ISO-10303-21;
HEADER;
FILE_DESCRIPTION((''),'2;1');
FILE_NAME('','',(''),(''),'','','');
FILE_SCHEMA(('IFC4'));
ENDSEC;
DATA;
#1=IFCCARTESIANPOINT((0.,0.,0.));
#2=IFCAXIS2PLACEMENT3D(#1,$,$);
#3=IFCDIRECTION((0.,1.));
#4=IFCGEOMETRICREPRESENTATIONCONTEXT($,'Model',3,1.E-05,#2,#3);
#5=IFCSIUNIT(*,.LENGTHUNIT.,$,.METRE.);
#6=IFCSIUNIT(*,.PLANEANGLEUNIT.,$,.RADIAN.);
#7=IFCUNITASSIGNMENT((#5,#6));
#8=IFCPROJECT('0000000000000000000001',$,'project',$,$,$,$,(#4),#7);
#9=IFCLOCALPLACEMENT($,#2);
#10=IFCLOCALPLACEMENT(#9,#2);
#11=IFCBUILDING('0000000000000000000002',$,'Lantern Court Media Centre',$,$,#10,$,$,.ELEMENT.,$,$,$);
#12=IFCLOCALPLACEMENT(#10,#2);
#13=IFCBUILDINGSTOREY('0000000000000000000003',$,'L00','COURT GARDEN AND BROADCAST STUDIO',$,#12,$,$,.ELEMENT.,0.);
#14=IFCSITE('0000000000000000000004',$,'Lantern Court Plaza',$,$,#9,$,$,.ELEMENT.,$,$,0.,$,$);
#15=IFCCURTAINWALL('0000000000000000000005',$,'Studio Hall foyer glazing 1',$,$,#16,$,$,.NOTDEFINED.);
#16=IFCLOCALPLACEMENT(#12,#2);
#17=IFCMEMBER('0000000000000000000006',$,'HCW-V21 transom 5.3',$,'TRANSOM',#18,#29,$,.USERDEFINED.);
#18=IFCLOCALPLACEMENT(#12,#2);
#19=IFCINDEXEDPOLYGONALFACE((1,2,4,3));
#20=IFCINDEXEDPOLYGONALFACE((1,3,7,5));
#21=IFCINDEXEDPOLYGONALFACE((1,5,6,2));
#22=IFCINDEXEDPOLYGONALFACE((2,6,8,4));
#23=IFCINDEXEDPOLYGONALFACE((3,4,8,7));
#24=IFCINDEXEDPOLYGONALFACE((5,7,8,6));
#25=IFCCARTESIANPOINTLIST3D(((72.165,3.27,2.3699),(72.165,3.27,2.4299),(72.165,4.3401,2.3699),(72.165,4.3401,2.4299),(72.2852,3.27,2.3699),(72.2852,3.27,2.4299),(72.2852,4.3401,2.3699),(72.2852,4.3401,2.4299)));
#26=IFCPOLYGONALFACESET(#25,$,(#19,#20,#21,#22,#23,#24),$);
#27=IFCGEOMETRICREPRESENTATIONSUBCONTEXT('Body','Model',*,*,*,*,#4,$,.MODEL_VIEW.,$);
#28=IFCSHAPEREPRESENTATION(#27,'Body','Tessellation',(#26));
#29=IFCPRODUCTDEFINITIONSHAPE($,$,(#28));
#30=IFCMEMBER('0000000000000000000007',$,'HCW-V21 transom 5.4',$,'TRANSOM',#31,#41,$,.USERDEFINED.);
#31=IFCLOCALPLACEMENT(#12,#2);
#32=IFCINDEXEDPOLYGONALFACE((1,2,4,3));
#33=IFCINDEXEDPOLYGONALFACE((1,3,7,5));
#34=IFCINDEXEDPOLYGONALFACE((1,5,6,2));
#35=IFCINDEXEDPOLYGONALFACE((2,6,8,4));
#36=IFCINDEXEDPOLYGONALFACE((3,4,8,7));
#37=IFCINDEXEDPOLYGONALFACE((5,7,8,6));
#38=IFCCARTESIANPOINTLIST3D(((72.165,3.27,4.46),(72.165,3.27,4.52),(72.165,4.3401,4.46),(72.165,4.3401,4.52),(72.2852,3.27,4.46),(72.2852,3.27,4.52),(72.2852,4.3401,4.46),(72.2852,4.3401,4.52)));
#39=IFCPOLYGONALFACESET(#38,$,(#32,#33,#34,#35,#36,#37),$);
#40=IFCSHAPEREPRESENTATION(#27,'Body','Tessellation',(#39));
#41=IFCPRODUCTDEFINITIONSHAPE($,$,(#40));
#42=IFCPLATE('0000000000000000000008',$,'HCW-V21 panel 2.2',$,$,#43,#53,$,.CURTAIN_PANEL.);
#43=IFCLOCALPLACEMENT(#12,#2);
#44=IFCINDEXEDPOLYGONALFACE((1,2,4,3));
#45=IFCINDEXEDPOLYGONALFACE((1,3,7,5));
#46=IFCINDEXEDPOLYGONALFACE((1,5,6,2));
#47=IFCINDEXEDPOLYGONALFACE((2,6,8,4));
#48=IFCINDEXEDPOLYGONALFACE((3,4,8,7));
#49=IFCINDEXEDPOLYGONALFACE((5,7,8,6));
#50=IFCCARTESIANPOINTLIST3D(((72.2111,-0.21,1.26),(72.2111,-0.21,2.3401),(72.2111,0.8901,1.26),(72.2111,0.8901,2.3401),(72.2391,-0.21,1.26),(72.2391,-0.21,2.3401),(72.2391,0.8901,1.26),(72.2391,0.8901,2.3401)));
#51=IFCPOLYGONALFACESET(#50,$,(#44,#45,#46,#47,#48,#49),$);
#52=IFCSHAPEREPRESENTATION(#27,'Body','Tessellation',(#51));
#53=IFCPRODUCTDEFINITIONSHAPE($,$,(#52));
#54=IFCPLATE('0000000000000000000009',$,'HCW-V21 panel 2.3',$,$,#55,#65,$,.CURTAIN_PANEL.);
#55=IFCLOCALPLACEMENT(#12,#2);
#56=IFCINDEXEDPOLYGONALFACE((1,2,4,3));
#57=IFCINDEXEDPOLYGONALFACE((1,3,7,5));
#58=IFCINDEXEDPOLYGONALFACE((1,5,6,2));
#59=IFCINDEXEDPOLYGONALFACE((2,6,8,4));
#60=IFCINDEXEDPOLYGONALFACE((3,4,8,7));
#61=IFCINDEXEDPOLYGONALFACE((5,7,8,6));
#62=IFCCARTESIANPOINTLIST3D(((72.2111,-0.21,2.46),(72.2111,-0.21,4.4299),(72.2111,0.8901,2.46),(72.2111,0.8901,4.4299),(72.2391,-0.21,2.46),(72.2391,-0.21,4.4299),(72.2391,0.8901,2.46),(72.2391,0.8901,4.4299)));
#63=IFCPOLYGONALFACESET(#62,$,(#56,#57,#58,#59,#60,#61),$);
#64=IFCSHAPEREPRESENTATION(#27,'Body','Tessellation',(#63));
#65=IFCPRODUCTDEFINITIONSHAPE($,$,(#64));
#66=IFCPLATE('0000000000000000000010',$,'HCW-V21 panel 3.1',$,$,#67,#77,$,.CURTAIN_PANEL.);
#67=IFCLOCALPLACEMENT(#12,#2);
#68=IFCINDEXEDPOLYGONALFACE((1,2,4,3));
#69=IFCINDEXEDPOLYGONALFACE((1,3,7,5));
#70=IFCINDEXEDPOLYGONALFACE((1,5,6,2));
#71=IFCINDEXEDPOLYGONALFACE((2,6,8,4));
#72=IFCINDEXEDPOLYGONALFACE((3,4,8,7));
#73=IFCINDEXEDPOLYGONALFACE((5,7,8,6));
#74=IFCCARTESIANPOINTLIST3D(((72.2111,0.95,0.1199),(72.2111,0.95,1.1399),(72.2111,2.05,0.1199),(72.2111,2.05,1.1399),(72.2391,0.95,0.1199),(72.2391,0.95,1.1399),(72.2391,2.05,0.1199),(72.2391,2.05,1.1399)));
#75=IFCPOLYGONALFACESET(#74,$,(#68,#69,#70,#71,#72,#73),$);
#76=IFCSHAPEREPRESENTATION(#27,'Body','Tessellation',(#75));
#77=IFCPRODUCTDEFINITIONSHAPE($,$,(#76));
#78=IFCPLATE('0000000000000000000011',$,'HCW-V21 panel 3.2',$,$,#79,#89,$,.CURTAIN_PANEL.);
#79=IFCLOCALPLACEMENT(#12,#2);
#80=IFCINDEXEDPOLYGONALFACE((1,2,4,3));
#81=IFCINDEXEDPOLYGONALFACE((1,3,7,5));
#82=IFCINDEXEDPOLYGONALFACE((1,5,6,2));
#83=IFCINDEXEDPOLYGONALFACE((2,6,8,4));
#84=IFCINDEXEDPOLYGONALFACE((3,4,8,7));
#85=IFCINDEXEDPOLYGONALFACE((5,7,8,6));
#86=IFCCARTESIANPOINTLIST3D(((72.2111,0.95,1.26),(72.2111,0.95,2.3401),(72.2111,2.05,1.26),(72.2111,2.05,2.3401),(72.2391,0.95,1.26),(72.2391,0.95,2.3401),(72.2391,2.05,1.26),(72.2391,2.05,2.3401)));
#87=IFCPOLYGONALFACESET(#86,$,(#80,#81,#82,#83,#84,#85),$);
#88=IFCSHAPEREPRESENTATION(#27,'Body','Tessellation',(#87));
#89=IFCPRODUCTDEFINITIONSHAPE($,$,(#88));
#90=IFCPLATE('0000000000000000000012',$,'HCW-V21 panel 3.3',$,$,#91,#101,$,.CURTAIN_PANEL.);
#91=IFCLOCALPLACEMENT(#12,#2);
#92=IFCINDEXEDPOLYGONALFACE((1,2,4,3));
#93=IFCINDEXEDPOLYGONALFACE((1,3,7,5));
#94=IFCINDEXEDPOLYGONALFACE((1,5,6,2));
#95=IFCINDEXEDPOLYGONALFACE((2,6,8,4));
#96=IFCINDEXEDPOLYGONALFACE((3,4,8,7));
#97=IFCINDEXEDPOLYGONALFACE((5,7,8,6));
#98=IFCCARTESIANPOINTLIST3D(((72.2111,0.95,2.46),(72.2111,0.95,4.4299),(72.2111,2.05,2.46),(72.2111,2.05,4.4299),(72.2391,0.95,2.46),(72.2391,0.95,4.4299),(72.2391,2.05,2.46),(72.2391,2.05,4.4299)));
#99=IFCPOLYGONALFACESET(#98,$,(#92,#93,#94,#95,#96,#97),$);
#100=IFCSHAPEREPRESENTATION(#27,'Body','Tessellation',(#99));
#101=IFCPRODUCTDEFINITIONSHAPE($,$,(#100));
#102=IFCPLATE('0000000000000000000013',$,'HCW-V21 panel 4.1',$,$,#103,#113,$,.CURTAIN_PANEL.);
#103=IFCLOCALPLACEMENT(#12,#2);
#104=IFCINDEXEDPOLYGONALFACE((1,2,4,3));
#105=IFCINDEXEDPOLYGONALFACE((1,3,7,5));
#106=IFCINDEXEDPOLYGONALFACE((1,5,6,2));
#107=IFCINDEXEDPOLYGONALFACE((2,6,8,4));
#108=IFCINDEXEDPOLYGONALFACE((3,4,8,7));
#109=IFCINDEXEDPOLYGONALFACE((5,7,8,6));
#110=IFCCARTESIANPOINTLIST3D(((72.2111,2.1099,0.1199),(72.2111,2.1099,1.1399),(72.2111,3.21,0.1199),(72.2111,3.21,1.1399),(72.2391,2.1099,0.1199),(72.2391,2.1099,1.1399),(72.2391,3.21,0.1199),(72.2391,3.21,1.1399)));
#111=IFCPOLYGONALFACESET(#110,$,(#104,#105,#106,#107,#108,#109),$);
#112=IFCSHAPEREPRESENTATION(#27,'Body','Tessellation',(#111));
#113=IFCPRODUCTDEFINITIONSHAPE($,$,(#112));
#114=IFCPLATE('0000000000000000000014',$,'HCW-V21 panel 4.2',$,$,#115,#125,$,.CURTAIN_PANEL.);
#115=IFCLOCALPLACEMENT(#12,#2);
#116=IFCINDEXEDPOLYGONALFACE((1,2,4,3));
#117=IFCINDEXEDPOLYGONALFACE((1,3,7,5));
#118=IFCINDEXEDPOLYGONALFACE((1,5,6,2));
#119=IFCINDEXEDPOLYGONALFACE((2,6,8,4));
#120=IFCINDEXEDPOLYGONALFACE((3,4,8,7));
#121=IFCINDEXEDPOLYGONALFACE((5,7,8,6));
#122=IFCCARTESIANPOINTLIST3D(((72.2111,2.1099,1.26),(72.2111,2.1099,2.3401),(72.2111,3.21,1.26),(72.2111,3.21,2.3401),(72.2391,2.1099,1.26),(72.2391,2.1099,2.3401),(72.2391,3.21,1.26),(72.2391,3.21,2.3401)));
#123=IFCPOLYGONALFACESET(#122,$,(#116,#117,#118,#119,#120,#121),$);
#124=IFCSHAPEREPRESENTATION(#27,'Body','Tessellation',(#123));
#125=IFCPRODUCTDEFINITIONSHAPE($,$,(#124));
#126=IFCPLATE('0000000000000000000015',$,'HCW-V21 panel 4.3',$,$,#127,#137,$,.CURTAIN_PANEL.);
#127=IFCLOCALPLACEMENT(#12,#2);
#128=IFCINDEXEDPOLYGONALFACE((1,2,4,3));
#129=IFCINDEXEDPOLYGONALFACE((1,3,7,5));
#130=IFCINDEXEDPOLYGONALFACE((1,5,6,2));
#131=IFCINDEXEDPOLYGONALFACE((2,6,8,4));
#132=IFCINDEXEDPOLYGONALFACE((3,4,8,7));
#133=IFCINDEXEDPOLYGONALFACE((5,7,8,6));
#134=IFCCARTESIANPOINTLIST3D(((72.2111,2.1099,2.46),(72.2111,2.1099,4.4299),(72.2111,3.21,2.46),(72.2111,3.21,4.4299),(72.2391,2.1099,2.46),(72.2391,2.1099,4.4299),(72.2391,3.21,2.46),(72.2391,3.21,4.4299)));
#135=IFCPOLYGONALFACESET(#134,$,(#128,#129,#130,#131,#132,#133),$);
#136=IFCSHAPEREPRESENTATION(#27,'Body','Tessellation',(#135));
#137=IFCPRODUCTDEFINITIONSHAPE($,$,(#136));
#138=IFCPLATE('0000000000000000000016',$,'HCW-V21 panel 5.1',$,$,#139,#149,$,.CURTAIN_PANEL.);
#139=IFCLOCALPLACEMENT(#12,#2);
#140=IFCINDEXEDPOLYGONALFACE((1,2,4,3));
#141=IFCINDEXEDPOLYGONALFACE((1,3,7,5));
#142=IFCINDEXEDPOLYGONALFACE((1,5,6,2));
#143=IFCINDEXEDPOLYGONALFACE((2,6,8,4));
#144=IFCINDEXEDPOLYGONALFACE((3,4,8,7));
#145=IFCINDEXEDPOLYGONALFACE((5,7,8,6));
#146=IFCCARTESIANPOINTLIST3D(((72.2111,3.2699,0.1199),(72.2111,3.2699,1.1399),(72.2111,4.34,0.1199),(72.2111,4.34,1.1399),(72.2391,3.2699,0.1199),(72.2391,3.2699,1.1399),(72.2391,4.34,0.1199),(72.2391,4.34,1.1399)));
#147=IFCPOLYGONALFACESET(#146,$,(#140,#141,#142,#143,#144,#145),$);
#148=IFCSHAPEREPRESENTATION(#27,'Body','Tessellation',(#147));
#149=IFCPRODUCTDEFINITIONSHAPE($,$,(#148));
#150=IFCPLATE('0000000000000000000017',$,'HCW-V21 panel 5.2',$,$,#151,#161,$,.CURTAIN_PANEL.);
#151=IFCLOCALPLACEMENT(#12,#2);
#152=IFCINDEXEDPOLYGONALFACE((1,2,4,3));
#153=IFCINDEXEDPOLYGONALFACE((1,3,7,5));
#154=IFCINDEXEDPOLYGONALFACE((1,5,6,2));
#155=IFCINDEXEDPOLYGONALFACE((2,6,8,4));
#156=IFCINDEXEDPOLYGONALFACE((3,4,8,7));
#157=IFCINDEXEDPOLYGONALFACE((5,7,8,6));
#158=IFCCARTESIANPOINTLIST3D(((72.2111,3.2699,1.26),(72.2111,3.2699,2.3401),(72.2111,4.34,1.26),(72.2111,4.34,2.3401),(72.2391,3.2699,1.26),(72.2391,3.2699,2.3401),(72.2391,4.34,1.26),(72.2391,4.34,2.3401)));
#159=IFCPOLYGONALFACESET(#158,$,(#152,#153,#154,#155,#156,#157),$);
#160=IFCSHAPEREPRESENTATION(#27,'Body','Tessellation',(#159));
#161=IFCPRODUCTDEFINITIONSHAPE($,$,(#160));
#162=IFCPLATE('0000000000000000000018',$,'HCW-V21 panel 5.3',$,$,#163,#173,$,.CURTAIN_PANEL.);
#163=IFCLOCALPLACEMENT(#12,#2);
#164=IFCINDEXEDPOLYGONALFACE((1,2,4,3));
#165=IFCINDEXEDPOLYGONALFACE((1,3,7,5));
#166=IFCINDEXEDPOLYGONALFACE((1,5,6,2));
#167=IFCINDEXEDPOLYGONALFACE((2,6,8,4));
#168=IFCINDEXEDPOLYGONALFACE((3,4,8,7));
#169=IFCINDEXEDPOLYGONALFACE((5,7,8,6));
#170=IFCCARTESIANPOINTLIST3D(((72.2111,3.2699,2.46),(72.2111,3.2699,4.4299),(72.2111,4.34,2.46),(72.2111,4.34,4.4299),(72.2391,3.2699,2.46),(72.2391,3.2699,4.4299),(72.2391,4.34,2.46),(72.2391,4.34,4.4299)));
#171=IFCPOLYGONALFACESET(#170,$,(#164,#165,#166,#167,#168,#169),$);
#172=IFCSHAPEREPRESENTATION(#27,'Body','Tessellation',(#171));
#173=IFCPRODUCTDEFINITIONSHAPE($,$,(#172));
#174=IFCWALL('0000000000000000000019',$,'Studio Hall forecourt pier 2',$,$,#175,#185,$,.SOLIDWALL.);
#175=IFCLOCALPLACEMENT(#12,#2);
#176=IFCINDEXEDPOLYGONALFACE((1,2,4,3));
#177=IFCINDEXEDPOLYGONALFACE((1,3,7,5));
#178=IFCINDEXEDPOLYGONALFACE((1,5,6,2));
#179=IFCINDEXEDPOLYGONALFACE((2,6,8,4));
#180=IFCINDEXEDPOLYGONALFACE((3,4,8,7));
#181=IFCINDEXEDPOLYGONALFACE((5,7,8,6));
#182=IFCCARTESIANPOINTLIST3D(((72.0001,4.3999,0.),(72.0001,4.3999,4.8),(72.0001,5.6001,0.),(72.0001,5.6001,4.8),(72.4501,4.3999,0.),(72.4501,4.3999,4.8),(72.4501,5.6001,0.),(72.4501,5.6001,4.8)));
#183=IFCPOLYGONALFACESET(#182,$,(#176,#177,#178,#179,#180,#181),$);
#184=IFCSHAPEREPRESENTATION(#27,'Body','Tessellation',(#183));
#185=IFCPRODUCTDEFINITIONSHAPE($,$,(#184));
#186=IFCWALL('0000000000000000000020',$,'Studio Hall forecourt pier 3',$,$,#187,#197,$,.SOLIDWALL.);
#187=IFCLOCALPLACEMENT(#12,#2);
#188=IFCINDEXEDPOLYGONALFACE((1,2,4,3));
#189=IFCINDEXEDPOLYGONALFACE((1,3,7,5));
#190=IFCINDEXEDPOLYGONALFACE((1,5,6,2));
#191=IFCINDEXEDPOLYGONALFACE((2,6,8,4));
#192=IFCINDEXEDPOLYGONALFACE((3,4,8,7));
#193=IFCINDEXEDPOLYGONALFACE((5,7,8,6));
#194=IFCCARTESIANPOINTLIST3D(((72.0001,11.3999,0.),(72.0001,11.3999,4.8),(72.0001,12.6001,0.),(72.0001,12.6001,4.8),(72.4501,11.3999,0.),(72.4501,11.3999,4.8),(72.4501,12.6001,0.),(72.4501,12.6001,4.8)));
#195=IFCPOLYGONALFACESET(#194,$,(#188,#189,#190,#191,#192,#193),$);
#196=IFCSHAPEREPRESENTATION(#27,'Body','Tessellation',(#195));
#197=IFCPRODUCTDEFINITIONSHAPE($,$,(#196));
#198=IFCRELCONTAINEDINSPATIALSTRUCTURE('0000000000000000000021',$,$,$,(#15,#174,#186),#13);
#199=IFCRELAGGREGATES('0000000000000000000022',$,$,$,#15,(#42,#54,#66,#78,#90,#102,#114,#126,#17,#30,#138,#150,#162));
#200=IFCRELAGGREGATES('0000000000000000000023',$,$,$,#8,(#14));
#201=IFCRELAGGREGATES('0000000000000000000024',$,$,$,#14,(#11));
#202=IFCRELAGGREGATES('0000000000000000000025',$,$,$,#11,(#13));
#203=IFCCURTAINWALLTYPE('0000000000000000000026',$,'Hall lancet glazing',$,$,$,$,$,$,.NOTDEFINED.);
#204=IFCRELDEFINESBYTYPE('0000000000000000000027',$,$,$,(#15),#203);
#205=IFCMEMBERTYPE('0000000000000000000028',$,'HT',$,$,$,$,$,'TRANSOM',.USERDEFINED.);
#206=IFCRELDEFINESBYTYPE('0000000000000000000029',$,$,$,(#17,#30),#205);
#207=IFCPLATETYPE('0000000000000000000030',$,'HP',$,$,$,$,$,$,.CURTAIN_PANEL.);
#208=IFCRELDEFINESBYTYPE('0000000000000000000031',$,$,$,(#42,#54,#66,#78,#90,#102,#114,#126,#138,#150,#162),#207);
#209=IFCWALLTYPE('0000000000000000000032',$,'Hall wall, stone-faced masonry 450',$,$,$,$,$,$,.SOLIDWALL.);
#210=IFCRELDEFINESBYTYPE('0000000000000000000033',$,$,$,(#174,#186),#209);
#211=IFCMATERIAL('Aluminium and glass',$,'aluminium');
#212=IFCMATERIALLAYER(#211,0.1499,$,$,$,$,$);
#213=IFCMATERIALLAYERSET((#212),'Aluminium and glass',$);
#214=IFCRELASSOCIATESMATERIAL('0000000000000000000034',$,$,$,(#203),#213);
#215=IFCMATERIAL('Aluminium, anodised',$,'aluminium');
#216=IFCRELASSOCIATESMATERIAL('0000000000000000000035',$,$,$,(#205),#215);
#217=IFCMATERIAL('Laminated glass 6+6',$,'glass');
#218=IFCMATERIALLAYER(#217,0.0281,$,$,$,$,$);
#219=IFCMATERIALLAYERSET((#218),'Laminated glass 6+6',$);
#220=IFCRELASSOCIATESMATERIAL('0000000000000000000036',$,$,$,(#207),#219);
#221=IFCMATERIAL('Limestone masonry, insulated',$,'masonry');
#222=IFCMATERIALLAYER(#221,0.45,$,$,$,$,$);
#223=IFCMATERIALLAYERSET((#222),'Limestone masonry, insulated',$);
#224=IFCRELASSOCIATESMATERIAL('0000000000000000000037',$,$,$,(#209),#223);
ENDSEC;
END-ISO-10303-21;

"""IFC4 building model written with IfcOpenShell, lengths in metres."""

from ifc_helpers import new_model, si_unit, direction, frame, frame_2d, origin, origin_2d, place, context, subcontext, project, spatial, rectangle, extrude, material, layer, layer_set, material_profile, profile_set, type_object, element, aggregate, save


model = new_model("IFC4")

# Units and contexts
model_context = context("Model", 3, precision=1e-05, world=origin(), true_north=direction((0.0, 1.0)))
body_context = subcontext(model_context, "Body", "Model", "MODEL_VIEW")
ifc_project = project(units=[si_unit("LENGTHUNIT", "METRE"), si_unit("PLANEANGLEUNIT", "RADIAN")], contexts=[model_context])

# Site, building, storey
site_placement = place(None, origin())
site = spatial("IfcSite", under=ifc_project, at=site_placement, Name="Lantern Court Plaza", CompositionType="ELEMENT", RefElevation=0.0)
building_placement = place(site_placement, origin())
building = spatial("IfcBuilding", under=site, at=building_placement, Name="Lantern Court Media Centre", CompositionType="ELEMENT")
storey_placement = place(building_placement, origin())
storey = spatial("IfcBuildingStorey", under=building, at=storey_placement, Name="L00", Description="COURT GARDEN AND BROADCAST STUDIO", CompositionType="ELEMENT", Elevation=0.0)

# Curtain wall
ifc_material_1 = material(Name="Aluminium and glass", Category="aluminium")
ifc_layer_1 = layer(ifc_material_1, 0.1499)
ifc_layer_set_1 = layer_set([ifc_layer_1], Name="Aluminium and glass")
curtain_wall_type = type_object("IfcCurtainWallType", Name="Hall lancet glazing", PredefinedType="NOTDEFINED", material=ifc_layer_set_1)
curtain_wall_1_placement = place(storey_placement, origin())
curtain_wall_1 = element("IfcCurtainWall", 1, at=curtain_wall_1_placement, inside=storey, type_object=curtain_wall_type, Name="Studio Hall foyer glazing 1", PredefinedType="NOTDEFINED")
ifc_material_2 = material(Name="Aluminium, anodised", Category="aluminium")

# Members
ifc_material_profile_1 = material_profile(ifc_material_2, rectangle(XDim=0.1201, YDim=0.0601, at=origin_2d()), Name="HT")
ifc_profile_set_1 = profile_set([ifc_material_profile_1], Name="Aluminium, anodised")
member_type_1 = type_object("IfcMemberType", Name="HT", ElementType="TRANSOM", PredefinedType="USERDEFINED", material=ifc_profile_set_1)
member_1_placement = place(storey_placement, frame((72.2251, 3.27, 2.3999), z_axis=(0.0, 1.0, 0.0), x_axis=(-1.0, 0.0, 0.0)))
member_1 = element("IfcMember", 2, at=member_1_placement, type_object=member_type_1, Name="HCW-V21 transom 5.3", ObjectType="TRANSOM", PredefinedType="USERDEFINED", context=body_context, shape_type="SweptSolid", body=[
    extrude(rectangle(XDim=0.1201, YDim=0.0601, at=origin_2d()), origin(), (0.0, 0.0, 1.0), 1.0701),
])
member_2_placement = place(storey_placement, frame((72.2251, 3.27, 4.49), z_axis=(0.0, 1.0, 0.0), x_axis=(-1.0, 0.0, 0.0)))
member_2 = element("IfcMember", 3, at=member_2_placement, type_object=member_type_1, Name="HCW-V21 transom 5.4", ObjectType="TRANSOM", PredefinedType="USERDEFINED", context=body_context, shape_type="SweptSolid", body=[
    extrude(rectangle(XDim=0.1201, YDim=0.0601, at=origin_2d()), origin(), (0.0, 0.0, 1.0), 1.0701),
])

# Plates
ifc_material_3 = material(Name="Laminated glass 6+6", Category="glass")
ifc_layer_2 = layer(ifc_material_3, 0.0281)
ifc_layer_set_2 = layer_set([ifc_layer_2], Name="Laminated glass 6+6")
plate_type = type_object("IfcPlateType", Name="HP", PredefinedType="CURTAIN_PANEL", material=ifc_layer_set_2)
plate_1_placement = place(storey_placement, frame((72.2251, 0.3401, 1.26), z_axis=(0.0, 0.0, 1.0), x_axis=(0.0, 1.0, 0.0)))
plate_1 = element("IfcPlate", 4, at=plate_1_placement, type_object=plate_type, Name="HCW-V21 panel 2.2", PredefinedType="CURTAIN_PANEL", context=body_context, shape_type="SweptSolid", body=[
    extrude(rectangle(XDim=1.1001, YDim=0.0281, at=origin_2d()), origin(), (0.0, 0.0, 1.0), 1.0801),
])
plate_2_placement = place(storey_placement, frame((72.2251, 0.3401, 2.46), z_axis=(0.0, 0.0, 1.0), x_axis=(0.0, 1.0, 0.0)))
plate_2 = element("IfcPlate", 5, at=plate_2_placement, type_object=plate_type, Name="HCW-V21 panel 2.3", PredefinedType="CURTAIN_PANEL", context=body_context, shape_type="SweptSolid", body=[
    extrude(rectangle(XDim=1.1001, YDim=0.0281, at=origin_2d()), origin(), (0.0, 0.0, 1.0), 1.97),
])
plate_3_placement = place(storey_placement, frame((72.2251, 1.5, 0.1199), z_axis=(0.0, 0.0, 1.0), x_axis=(0.0, 1.0, 0.0)))
plate_3 = element("IfcPlate", 6, at=plate_3_placement, type_object=plate_type, Name="HCW-V21 panel 3.1", PredefinedType="CURTAIN_PANEL", context=body_context, shape_type="SweptSolid", body=[
    extrude(rectangle(XDim=1.1001, YDim=0.0281, at=origin_2d()), origin(), (0.0, 0.0, 1.0), 1.02),
])
plate_4_placement = place(storey_placement, frame((72.2251, 1.5, 1.26), z_axis=(0.0, 0.0, 1.0), x_axis=(0.0, 1.0, 0.0)))
plate_4 = element("IfcPlate", 7, at=plate_4_placement, type_object=plate_type, Name="HCW-V21 panel 3.2", PredefinedType="CURTAIN_PANEL", context=body_context, shape_type="SweptSolid", body=[
    extrude(rectangle(XDim=1.1001, YDim=0.0281, at=origin_2d()), origin(), (0.0, 0.0, 1.0), 1.0801),
])
plate_5_placement = place(storey_placement, frame((72.2251, 1.5, 2.46), z_axis=(0.0, 0.0, 1.0), x_axis=(0.0, 1.0, 0.0)))
plate_5 = element("IfcPlate", 8, at=plate_5_placement, type_object=plate_type, Name="HCW-V21 panel 3.3", PredefinedType="CURTAIN_PANEL", context=body_context, shape_type="SweptSolid", body=[
    extrude(rectangle(XDim=1.1001, YDim=0.0281, at=origin_2d()), origin(), (0.0, 0.0, 1.0), 1.97),
])
plate_6_placement = place(storey_placement, frame((72.2251, 2.6599, 0.1199), z_axis=(0.0, 0.0, 1.0), x_axis=(0.0, 1.0, 0.0)))
plate_6 = element("IfcPlate", 9, at=plate_6_placement, type_object=plate_type, Name="HCW-V21 panel 4.1", PredefinedType="CURTAIN_PANEL", context=body_context, shape_type="SweptSolid", body=[
    extrude(rectangle(XDim=1.1001, YDim=0.0281, at=origin_2d()), origin(), (0.0, 0.0, 1.0), 1.02),
])
plate_7_placement = place(storey_placement, frame((72.2251, 2.6599, 1.26), z_axis=(0.0, 0.0, 1.0), x_axis=(0.0, 1.0, 0.0)))
plate_7 = element("IfcPlate", 10, at=plate_7_placement, type_object=plate_type, Name="HCW-V21 panel 4.2", PredefinedType="CURTAIN_PANEL", context=body_context, shape_type="SweptSolid", body=[
    extrude(rectangle(XDim=1.1001, YDim=0.0281, at=origin_2d()), origin(), (0.0, 0.0, 1.0), 1.0801),
])
plate_8_placement = place(storey_placement, frame((72.2251, 2.6599, 2.46), z_axis=(0.0, 0.0, 1.0), x_axis=(0.0, 1.0, 0.0)))
plate_8 = element("IfcPlate", 11, at=plate_8_placement, type_object=plate_type, Name="HCW-V21 panel 4.3", PredefinedType="CURTAIN_PANEL", context=body_context, shape_type="SweptSolid", body=[
    extrude(rectangle(XDim=1.1001, YDim=0.0281, at=origin_2d()), origin(), (0.0, 0.0, 1.0), 1.97),
])
plate_9_placement = place(storey_placement, frame((72.2251, 3.8049, 0.1199), z_axis=(0.0, 0.0, 1.0), x_axis=(0.0, 1.0, 0.0)))
plate_9 = element("IfcPlate", 12, at=plate_9_placement, type_object=plate_type, Name="HCW-V21 panel 5.1", PredefinedType="CURTAIN_PANEL", context=body_context, shape_type="SweptSolid", body=[
    extrude(rectangle(XDim=1.0701, YDim=0.0281, at=origin_2d()), origin(), (0.0, 0.0, 1.0), 1.02),
])
plate_10_placement = place(storey_placement, frame((72.2251, 3.8049, 1.26), z_axis=(0.0, 0.0, 1.0), x_axis=(0.0, 1.0, 0.0)))
plate_10 = element("IfcPlate", 13, at=plate_10_placement, type_object=plate_type, Name="HCW-V21 panel 5.2", PredefinedType="CURTAIN_PANEL", context=body_context, shape_type="SweptSolid", body=[
    extrude(rectangle(XDim=1.0701, YDim=0.0281, at=origin_2d()), origin(), (0.0, 0.0, 1.0), 1.0801),
])
plate_11_placement = place(storey_placement, frame((72.2251, 3.8049, 2.46), z_axis=(0.0, 0.0, 1.0), x_axis=(0.0, 1.0, 0.0)))
plate_11 = element("IfcPlate", 14, at=plate_11_placement, type_object=plate_type, Name="HCW-V21 panel 5.3", PredefinedType="CURTAIN_PANEL", context=body_context, shape_type="SweptSolid", body=[
    extrude(rectangle(XDim=1.0701, YDim=0.0281, at=origin_2d()), origin(), (0.0, 0.0, 1.0), 1.97),
])
aggregate(curtain_wall_1, [plate_1, plate_2, plate_3, plate_4, plate_5, plate_6, plate_7, plate_8, member_1, member_2, plate_9, plate_10, plate_11])

# Walls
ifc_material_4 = material(Name="Limestone masonry, insulated", Category="masonry")
ifc_layer_3 = layer(ifc_material_4, 0.45)
ifc_layer_set_3 = layer_set([ifc_layer_3], Name="Limestone masonry, insulated")
wall_type = type_object("IfcWallType", Name="Hall wall, stone-faced masonry 450", PredefinedType="SOLIDWALL", material=ifc_layer_set_3)
for number, where, z_axis, x_axis, name in (
    (15, (72.2251, 4.3999, 0.0), (0.0, 0.0, 1.0), (0.0, 1.0, 0.0), "Studio Hall forecourt pier 2"),
    (16, (72.2251, 11.3999, 0.0), (0.0, 0.0, 1.0), (0.0, 1.0, 0.0), "Studio Hall forecourt pier 3"),
):
    element("IfcWall", number, at=place(storey_placement, frame(where, z_axis=z_axis, x_axis=x_axis)), inside=storey, type_object=wall_type, Name=name, PredefinedType="SOLIDWALL", context=body_context, shape_type="SweptSolid", body=[
        extrude(rectangle(XDim=1.2002, YDim=0.45, at=frame_2d((0.6001, 0.0))), origin(), (0.0, 0.0, 1.0), 4.8),
    ])

save(model, "model.ifc")
